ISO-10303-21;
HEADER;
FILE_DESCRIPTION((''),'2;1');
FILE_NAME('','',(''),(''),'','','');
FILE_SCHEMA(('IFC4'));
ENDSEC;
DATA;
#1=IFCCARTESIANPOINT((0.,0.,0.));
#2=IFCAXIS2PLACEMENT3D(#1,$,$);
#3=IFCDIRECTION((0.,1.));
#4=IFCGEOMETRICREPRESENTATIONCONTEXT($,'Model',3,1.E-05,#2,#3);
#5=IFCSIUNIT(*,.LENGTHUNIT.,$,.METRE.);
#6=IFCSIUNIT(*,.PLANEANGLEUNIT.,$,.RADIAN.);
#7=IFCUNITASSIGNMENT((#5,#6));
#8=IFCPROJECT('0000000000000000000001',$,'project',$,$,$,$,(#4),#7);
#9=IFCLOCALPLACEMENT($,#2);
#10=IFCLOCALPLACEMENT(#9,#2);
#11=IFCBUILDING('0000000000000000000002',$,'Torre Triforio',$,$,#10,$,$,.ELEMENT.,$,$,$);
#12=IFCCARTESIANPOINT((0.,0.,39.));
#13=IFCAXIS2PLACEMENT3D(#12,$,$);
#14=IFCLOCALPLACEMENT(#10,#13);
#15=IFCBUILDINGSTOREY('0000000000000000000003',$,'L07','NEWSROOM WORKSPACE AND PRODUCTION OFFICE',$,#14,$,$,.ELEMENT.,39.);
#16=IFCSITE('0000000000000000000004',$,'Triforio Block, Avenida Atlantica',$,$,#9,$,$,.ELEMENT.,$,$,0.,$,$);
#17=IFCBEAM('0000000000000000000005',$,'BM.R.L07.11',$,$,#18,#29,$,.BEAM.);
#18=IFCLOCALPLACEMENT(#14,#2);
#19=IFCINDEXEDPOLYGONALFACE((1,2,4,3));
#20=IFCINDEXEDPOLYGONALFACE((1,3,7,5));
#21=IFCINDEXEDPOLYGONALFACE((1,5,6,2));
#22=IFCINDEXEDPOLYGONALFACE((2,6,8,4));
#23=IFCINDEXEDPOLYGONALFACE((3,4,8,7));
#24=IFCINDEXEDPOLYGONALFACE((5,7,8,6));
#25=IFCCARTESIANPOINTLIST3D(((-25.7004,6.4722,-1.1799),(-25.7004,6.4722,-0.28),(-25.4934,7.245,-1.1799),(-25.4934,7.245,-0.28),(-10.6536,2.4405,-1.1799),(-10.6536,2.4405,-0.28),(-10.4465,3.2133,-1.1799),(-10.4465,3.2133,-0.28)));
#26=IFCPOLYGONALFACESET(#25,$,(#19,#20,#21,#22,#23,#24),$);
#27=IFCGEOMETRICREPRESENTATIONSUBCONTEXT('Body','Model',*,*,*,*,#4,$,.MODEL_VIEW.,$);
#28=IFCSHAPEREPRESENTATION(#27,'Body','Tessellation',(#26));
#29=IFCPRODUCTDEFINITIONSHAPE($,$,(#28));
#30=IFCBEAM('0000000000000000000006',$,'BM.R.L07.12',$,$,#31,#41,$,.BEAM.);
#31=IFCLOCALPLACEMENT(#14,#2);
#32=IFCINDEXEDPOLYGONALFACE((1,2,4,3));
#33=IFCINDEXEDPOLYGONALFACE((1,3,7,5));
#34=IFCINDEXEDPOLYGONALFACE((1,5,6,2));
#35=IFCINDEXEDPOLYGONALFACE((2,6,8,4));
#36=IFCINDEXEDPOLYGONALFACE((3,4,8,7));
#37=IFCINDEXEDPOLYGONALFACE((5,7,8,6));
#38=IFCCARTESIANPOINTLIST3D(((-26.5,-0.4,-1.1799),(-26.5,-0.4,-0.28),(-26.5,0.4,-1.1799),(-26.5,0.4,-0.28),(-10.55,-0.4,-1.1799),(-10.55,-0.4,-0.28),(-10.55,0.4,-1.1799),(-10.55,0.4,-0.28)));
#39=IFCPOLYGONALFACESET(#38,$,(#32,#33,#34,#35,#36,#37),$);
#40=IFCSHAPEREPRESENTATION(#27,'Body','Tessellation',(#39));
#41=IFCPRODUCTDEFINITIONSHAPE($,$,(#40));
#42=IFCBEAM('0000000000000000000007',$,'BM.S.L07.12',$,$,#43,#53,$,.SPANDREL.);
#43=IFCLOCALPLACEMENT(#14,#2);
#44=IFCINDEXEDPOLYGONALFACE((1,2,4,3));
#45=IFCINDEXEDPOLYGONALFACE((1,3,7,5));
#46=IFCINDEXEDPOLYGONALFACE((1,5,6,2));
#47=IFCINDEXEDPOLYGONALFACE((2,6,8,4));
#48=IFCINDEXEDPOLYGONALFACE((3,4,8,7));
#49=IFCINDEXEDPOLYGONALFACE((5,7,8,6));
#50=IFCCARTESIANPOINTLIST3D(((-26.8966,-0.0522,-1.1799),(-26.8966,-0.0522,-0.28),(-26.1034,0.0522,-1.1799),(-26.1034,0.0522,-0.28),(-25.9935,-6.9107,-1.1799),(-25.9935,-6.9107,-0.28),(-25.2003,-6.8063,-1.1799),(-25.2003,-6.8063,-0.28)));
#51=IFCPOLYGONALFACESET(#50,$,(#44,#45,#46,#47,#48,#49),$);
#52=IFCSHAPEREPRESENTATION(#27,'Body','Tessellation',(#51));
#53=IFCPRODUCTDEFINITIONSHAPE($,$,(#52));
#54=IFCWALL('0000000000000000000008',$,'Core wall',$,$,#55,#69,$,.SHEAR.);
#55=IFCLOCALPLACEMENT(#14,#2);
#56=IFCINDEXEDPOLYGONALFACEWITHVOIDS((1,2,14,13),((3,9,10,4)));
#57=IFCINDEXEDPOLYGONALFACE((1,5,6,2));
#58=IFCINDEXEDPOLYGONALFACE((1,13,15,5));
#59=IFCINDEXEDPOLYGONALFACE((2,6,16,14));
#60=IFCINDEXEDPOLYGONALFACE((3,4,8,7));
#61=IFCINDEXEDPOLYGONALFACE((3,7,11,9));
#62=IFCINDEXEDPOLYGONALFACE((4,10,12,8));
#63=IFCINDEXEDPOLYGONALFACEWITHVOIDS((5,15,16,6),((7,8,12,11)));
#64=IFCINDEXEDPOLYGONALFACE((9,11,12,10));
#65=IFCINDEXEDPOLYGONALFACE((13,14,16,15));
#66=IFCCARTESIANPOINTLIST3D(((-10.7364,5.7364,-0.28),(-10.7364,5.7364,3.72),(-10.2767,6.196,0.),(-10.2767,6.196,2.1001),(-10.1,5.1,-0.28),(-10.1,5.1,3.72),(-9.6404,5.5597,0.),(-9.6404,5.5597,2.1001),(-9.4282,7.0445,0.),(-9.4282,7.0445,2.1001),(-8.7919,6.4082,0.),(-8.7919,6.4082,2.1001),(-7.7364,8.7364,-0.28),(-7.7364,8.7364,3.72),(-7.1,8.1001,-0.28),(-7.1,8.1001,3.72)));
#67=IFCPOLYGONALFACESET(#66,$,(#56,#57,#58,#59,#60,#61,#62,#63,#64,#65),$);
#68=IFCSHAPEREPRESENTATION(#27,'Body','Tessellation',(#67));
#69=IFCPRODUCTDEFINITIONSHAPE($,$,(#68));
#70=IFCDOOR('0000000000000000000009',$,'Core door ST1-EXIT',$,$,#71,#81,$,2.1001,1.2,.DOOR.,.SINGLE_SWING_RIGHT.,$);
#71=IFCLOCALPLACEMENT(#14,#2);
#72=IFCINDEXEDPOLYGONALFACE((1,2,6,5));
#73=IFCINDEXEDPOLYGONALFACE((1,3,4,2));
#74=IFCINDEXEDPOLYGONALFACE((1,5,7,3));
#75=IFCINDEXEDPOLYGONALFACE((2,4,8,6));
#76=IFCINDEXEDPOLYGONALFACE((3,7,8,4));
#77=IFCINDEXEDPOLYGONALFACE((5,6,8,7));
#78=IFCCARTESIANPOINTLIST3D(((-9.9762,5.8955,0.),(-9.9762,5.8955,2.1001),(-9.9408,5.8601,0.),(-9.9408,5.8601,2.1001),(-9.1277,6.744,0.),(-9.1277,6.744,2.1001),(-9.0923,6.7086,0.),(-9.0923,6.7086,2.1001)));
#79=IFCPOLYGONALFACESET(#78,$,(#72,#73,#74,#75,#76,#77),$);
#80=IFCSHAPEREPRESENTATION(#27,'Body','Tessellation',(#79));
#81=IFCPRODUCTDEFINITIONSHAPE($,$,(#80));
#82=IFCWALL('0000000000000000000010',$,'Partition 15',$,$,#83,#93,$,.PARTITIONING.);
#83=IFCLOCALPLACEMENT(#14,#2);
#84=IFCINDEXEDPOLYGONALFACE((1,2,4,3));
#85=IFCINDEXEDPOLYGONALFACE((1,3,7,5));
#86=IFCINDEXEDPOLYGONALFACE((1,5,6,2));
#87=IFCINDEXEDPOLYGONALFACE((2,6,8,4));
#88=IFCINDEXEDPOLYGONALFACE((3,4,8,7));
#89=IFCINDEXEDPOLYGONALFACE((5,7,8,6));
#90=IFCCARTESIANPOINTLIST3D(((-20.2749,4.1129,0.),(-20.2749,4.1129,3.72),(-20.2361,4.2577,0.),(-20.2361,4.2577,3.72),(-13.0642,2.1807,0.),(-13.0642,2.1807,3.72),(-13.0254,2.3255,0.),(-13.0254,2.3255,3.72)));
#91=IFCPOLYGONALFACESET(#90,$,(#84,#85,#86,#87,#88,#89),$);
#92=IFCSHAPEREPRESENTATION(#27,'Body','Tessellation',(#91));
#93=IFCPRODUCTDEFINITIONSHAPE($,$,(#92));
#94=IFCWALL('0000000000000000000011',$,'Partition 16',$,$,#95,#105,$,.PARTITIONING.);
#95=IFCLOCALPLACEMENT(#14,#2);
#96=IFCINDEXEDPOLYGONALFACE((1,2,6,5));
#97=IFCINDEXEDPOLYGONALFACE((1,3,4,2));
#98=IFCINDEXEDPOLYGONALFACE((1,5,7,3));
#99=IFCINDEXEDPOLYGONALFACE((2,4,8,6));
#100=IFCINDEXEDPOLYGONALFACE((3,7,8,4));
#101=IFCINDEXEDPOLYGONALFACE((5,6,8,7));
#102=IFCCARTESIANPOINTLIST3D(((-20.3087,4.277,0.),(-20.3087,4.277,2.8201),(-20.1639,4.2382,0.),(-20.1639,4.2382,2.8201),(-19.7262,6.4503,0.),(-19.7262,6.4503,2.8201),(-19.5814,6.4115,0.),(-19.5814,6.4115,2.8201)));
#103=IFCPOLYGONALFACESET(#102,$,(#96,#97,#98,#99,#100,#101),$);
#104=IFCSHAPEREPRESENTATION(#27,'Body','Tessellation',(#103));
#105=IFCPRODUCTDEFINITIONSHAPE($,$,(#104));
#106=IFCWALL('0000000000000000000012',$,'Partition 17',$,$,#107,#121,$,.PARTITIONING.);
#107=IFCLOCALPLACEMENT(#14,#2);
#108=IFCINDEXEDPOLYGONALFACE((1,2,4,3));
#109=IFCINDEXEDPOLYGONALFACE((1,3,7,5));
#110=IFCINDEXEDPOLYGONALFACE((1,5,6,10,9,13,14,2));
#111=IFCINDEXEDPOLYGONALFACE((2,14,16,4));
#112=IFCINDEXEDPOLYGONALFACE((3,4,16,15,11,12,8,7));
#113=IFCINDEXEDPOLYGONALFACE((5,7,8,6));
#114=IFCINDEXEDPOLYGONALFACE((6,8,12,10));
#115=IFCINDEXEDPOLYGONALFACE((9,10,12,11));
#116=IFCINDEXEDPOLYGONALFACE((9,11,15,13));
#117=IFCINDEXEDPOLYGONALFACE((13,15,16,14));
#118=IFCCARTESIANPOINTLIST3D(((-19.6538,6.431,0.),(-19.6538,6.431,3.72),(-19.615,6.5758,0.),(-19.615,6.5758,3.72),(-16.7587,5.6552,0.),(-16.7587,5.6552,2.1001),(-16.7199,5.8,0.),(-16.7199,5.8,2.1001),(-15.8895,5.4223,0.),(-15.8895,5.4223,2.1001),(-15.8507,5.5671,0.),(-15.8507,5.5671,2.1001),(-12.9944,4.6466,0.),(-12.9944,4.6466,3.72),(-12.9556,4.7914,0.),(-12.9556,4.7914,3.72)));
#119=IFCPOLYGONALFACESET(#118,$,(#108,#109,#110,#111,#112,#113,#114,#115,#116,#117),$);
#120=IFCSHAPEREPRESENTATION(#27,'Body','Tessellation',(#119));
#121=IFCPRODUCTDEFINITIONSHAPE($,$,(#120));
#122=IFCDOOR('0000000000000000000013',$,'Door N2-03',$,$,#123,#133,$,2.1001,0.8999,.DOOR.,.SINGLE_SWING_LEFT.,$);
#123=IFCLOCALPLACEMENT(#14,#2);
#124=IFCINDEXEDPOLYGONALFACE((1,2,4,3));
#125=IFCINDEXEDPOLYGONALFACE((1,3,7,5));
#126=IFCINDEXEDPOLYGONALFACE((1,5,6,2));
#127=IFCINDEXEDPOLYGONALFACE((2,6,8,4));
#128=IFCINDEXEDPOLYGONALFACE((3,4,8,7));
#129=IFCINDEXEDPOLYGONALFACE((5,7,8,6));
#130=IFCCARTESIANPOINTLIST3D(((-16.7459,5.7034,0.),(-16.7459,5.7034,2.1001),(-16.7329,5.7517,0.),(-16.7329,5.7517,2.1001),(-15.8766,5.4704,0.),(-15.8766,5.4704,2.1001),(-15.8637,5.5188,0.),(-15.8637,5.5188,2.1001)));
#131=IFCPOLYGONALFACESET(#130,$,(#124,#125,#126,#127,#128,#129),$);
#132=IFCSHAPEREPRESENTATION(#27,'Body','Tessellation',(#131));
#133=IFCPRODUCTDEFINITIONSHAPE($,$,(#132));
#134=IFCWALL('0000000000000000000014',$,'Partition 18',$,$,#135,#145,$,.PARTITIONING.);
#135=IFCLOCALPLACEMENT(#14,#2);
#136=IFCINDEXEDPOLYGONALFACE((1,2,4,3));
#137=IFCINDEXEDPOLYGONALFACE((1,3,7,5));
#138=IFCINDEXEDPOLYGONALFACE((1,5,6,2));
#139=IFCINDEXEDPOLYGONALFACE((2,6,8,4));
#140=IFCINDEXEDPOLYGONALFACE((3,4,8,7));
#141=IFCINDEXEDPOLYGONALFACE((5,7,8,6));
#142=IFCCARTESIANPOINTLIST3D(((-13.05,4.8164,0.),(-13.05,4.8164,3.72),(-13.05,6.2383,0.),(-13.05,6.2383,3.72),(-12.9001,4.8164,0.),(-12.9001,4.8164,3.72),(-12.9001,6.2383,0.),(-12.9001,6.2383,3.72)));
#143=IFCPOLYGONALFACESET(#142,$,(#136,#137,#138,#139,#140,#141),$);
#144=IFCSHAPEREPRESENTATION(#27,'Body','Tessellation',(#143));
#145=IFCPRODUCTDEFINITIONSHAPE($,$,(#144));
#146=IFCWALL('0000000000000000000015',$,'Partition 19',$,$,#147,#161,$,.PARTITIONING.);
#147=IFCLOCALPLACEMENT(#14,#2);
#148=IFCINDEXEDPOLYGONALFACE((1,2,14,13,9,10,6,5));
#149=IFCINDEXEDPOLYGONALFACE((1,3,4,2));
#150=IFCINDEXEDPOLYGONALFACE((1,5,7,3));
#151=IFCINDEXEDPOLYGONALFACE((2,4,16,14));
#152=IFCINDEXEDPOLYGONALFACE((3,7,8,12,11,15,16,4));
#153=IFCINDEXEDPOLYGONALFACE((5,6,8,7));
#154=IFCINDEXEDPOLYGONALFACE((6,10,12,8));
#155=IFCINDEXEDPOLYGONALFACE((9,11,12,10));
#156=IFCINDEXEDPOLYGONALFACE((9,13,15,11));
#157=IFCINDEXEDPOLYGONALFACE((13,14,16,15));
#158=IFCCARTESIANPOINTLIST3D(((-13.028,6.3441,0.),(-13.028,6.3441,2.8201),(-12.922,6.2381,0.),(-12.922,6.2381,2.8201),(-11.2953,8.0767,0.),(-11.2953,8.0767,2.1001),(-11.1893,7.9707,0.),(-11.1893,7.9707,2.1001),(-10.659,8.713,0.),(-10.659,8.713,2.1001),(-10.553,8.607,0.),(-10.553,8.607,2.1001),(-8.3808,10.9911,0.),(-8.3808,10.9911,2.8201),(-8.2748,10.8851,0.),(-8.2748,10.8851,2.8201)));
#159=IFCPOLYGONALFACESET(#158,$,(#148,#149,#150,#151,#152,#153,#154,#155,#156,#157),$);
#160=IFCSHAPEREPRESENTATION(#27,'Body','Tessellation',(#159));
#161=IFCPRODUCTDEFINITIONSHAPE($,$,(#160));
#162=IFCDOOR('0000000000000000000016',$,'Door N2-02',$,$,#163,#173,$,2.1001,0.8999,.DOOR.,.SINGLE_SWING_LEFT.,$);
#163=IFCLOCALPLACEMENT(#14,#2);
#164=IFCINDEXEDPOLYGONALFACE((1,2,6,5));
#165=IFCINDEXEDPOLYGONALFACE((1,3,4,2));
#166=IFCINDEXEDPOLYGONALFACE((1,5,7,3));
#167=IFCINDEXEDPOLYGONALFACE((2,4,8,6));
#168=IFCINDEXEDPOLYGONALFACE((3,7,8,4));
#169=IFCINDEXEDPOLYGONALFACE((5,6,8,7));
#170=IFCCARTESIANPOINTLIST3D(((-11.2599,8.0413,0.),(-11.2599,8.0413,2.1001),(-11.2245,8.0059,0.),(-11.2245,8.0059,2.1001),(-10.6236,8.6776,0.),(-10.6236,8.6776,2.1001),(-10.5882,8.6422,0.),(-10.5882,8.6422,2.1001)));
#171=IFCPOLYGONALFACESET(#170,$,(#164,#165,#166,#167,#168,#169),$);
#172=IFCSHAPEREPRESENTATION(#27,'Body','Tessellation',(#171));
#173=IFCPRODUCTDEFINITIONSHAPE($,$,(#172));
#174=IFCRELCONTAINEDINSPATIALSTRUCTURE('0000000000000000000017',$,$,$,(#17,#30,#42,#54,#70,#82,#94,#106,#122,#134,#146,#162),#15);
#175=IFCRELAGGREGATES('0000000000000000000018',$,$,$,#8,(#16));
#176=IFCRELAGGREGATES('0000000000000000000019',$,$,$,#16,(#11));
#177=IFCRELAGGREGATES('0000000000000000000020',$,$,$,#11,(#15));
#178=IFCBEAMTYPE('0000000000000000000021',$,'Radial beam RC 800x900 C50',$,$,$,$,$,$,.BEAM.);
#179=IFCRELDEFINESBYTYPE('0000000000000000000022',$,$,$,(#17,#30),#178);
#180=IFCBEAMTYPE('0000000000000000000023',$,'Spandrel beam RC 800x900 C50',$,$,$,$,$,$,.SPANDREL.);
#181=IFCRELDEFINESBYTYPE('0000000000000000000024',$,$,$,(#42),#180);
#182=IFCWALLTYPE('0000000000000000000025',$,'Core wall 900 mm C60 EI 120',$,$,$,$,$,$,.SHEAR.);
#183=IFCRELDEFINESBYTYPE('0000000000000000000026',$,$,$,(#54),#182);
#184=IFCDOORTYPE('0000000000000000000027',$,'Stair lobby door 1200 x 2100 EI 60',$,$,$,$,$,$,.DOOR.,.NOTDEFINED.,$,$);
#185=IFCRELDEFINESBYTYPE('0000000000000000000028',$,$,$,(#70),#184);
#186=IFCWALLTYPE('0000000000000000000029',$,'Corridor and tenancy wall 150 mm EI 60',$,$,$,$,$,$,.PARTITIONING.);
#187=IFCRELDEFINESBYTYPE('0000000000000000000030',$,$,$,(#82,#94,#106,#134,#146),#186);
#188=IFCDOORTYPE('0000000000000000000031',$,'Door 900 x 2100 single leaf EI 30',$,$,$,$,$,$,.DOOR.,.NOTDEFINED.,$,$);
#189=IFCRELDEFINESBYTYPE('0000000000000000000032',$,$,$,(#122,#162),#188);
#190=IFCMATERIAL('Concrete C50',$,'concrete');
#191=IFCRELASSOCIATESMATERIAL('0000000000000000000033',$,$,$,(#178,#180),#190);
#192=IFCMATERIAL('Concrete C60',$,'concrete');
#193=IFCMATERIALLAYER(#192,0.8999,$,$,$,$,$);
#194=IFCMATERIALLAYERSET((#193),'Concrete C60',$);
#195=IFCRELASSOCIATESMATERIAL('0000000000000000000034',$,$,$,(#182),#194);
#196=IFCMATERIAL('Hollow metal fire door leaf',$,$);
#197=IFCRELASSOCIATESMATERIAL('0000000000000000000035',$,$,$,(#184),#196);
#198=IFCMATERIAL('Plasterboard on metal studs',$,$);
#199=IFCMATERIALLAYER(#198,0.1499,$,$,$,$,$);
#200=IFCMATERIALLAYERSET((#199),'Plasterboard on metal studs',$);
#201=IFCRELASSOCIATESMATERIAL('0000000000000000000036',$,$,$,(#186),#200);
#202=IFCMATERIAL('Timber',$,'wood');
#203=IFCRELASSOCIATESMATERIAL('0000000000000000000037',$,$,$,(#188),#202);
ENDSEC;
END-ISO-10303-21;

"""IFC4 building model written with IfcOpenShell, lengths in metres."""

from ifc_helpers import new_model, si_unit, direction, frame, frame_2d, origin, origin_2d, place, context, subcontext, project, spatial, rectangle, extrude, material, layer, layer_set, material_profile, profile_set, type_object, element, fill, save


model = new_model("IFC4")

# Units and contexts
model_context = context("Model", 3, precision=1e-05, world=origin(), true_north=direction((0.0, 1.0)))
body_context = subcontext(model_context, "Body", "Model", "MODEL_VIEW")
ifc_project = project(units=[si_unit("LENGTHUNIT", "METRE"), si_unit("PLANEANGLEUNIT", "RADIAN")], contexts=[model_context])

# Site, building, storey
site_placement = place(None, origin())
site = spatial("IfcSite", under=ifc_project, at=site_placement, Name="Triforio Block, Avenida Atlantica", CompositionType="ELEMENT", RefElevation=0.0)
building_placement = place(site_placement, origin())
building = spatial("IfcBuilding", under=site, at=building_placement, Name="Torre Triforio", CompositionType="ELEMENT")
storey_placement = place(building_placement, frame((0.0, 0.0, 39.0)))
storey = spatial("IfcBuildingStorey", under=building, at=storey_placement, Name="L07", Description="NEWSROOM WORKSPACE AND PRODUCTION OFFICE", CompositionType="ELEMENT", Elevation=39.0)

# Beams
ifc_material_1 = material(Name="Concrete C50", Category="concrete")
ifc_material_profile_1 = material_profile(ifc_material_1, rectangle(XDim=0.8, YDim=0.8999, at=origin_2d()), Name="RC 800x900")
ifc_profile_set_1 = profile_set([ifc_material_profile_1], Name="Concrete C50")
beam_type_1 = type_object("IfcBeamType", Name="Radial beam RC 800x900 C50", PredefinedType="BEAM", material=ifc_profile_set_1)
beam_1_placement = place(storey_placement, frame((-10.55, 2.8269, -0.73), z_axis=(-0.965927, 0.258815, 0.0), x_axis=(-0.258815, -0.965927, 0.0)))
element("IfcBeam", 1, at=beam_1_placement, inside=storey, type_object=beam_type_1, Name="BM.R.L07.11", PredefinedType="BEAM", context=body_context, shape_type="SweptSolid", body=[
    extrude(rectangle(XDim=0.8, YDim=0.8999, at=origin_2d()), origin(), (0.0, 0.0, 1.0), 15.5776),
])
beam_2_placement = place(storey_placement, frame((-10.55, 0.0, -0.73), z_axis=(-1.0, 0.0, 0.0), x_axis=(0.0, -1.0, 0.0)))
element("IfcBeam", 2, at=beam_2_placement, inside=storey, type_object=beam_type_1, Name="BM.R.L07.12", PredefinedType="BEAM", context=body_context, shape_type="SweptSolid", body=[
    extrude(rectangle(XDim=0.8, YDim=0.8999, at=origin_2d()), origin(), (0.0, 0.0, 1.0), 15.95),
])
ifc_material_profile_2 = material_profile(ifc_material_1, rectangle(XDim=0.8, YDim=0.8999, at=origin_2d()), Name="RC 800x900")
ifc_profile_set_2 = profile_set([ifc_material_profile_2], Name="Concrete C50")
beam_type_2 = type_object("IfcBeamType", Name="Spandrel beam RC 800x900 C50", PredefinedType="SPANDREL", material=ifc_profile_set_2)
beam_3_placement = place(storey_placement, frame((-26.5, 0.0, -0.73), z_axis=(0.130543, -0.991443, 0.0), x_axis=(0.991443, 0.130543, 0.0)))
element("IfcBeam", 3, at=beam_3_placement, inside=storey, type_object=beam_type_2, Name="BM.S.L07.12", PredefinedType="SPANDREL", context=body_context, shape_type="SweptSolid", body=[
    extrude(rectangle(XDim=0.8, YDim=0.8999, at=origin_2d()), origin(), (0.0, 0.0, 1.0), 6.9177),
])

# Wall, opening, door
ifc_material_2 = material(Name="Concrete C60", Category="concrete")
ifc_layer_1 = layer(ifc_material_2, 0.8999)
ifc_layer_set_1 = layer_set([ifc_layer_1], Name="Concrete C60")
wall_type_1 = type_object("IfcWallType", Name="Core wall 900 mm C60 EI 120", PredefinedType="SHEAR", material=ifc_layer_set_1)
wall_1_placement = place(storey_placement, frame((-10.4182, 5.4182, -0.28), z_axis=(0.0, 0.0, 1.0), x_axis=(0.707107, 0.707107, 0.0)))
wall_1 = element("IfcWall", 4, at=wall_1_placement, inside=storey, type_object=wall_type_1, Name="Core wall", PredefinedType="SHEAR", context=body_context, shape_type="SweptSolid", body=[
    extrude(rectangle(XDim=4.2427, YDim=0.8999, at=frame_2d((2.1213, 0.0))), origin(), (0.0, 0.0, 1.0), 4.0),
])
opening_1_placement = place(wall_1_placement, frame((0.6499, 0.0, 0.28)))
opening_1 = element("IfcOpeningElement", 5, at=opening_1_placement, cuts=wall_1, PredefinedType="OPENING", context=body_context, shape_type="SweptSolid", body=[
    extrude(rectangle(XDim=1.2, YDim=2.1001, at=frame_2d((0.6001, 1.05))), frame((0.0, 0.46, 0.0), z_axis=(0.0, -1.0, 0.0), x_axis=(1.0, 0.0, 0.0)), (0.0, 0.0, 1.0), 0.9199),
])
ifc_material_3 = material(Name="Hollow metal fire door leaf")
door_type_1 = type_object("IfcDoorType", Name="Stair lobby door 1200 x 2100 EI 60", OperationType="NOTDEFINED", PredefinedType="DOOR", material=ifc_material_3)
door_1_placement = place(opening_1_placement, origin())
door_1 = element("IfcDoor", 6, at=door_1_placement, inside=storey, type_object=door_type_1, Name="Core door ST1-EXIT", OperationType="SINGLE_SWING_RIGHT", OverallHeight=2.1001, OverallWidth=1.2, PredefinedType="DOOR", context=body_context, shape_type="SweptSolid", body=[
    extrude(rectangle(XDim=1.2, YDim=2.1001, at=frame_2d((0.6001, 1.05))), frame((0.0, 0.0249, 0.0), z_axis=(0.0, -1.0, 0.0), x_axis=(1.0, 0.0, 0.0)), (0.0, 0.0, 1.0), 0.05),
])
fill(opening_1, door_1)

# Walls
ifc_material_4 = material(Name="Plasterboard on metal studs")
ifc_layer_2 = layer(ifc_material_4, 0.1499)
ifc_layer_set_2 = layer_set([ifc_layer_2], Name="Plasterboard on metal studs")
wall_type_2 = type_object("IfcWallType", Name="Corridor and tenancy wall 150 mm EI 60", PredefinedType="PARTITIONING", material=ifc_layer_set_2)
wall_2_placement = place(storey_placement, frame((-13.0449, 2.2532, 0.0), z_axis=(0.0, 0.0, 1.0), x_axis=(-0.965925, 0.258823, 0.0)))
element("IfcWall", 7, at=wall_2_placement, inside=storey, type_object=wall_type_2, Name="Partition 15", PredefinedType="PARTITIONING", context=body_context, shape_type="SweptSolid", body=[
    extrude(rectangle(XDim=7.4651, YDim=0.1499, at=frame_2d((3.7324, 0.0))), origin(), (0.0, 0.0, 1.0), 3.72),
])
wall_3_placement = place(storey_placement, frame((-20.2363, 4.2576, 0.0), z_axis=(0.0, 0.0, 1.0), x_axis=(0.258892, 0.965906, 0.0)))
element("IfcWall", 8, at=wall_3_placement, inside=storey, type_object=wall_type_2, Name="Partition 16", PredefinedType="PARTITIONING", context=body_context, shape_type="SweptSolid", body=[
    extrude(rectangle(XDim=2.25, YDim=0.1499, at=frame_2d((1.125, 0.0))), origin(), (0.0, 0.0, 1.0), 2.8201),
])

# Wall, opening, door
wall_4_placement = place(storey_placement, frame((-19.6345, 6.5034, 0.0), z_axis=(0.0, 0.0, 1.0), x_axis=(0.965924, -0.258824, 0.0)))
wall_4 = element("IfcWall", 9, at=wall_4_placement, inside=storey, type_object=wall_type_2, Name="Partition 17", PredefinedType="PARTITIONING", context=body_context, shape_type="SweptSolid", body=[
    extrude(rectangle(XDim=6.8943, YDim=0.1499, at=frame_2d((3.4473, 0.0))), origin(), (0.0, 0.0, 1.0), 3.72),
])
opening_2_placement = place(wall_4_placement, frame((2.9973, 0.0, 0.0)))
opening_2 = element("IfcOpeningElement", 10, at=opening_2_placement, cuts=wall_4, PredefinedType="OPENING", context=body_context, shape_type="SweptSolid", body=[
    extrude(rectangle(XDim=0.8999, YDim=2.1001, at=frame_2d((0.45, 1.05))), frame((0.0, 0.085, 0.0), z_axis=(0.0, -1.0, 0.0), x_axis=(1.0, 0.0, 0.0)), (0.0, 0.0, 1.0), 0.1699),
])
ifc_material_5 = material(Name="Timber", Category="wood")
door_type_2 = type_object("IfcDoorType", Name="Door 900 x 2100 single leaf EI 30", OperationType="NOTDEFINED", PredefinedType="DOOR", material=ifc_material_5)
door_2_placement = place(opening_2_placement, origin())
door_2 = element("IfcDoor", 11, at=door_2_placement, inside=storey, type_object=door_type_2, Name="Door N2-03", OperationType="SINGLE_SWING_LEFT", OverallHeight=2.1001, OverallWidth=0.8999, PredefinedType="DOOR", context=body_context, shape_type="SweptSolid", body=[
    extrude(rectangle(XDim=0.8999, YDim=2.1001, at=frame_2d((0.45, 1.05))), frame((0.0, 0.0249, 0.0), z_axis=(0.0, -1.0, 0.0), x_axis=(1.0, 0.0, 0.0)), (0.0, 0.0, 1.0), 0.05),
])
fill(opening_2, door_2)

# Wall
wall_5_placement = place(storey_placement, frame((-12.9751, 4.8164, 0.0), z_axis=(0.0, 0.0, 1.0), x_axis=(0.0, 1.0, 0.0)))
element("IfcWall", 12, at=wall_5_placement, inside=storey, type_object=wall_type_2, Name="Partition 18", PredefinedType="PARTITIONING", context=body_context, shape_type="SweptSolid", body=[
    extrude(rectangle(XDim=1.4219, YDim=0.1499, at=frame_2d((0.7109, 0.0))), origin(), (0.0, 0.0, 1.0), 3.72),
])

# Wall, opening, door
wall_6_placement = place(storey_placement, frame((-12.9751, 6.291, 0.0), z_axis=(0.0, 0.0, 1.0), x_axis=(0.707125, 0.707088, 0.0)))
wall_6 = element("IfcWall", 13, at=wall_6_placement, inside=storey, type_object=wall_type_2, Name="Partition 19", PredefinedType="PARTITIONING", context=body_context, shape_type="SweptSolid", body=[
    extrude(rectangle(XDim=6.572, YDim=0.1499, at=frame_2d((3.2861, 0.0))), origin(), (0.0, 0.0, 1.0), 2.8201),
])
opening_3_placement = place(wall_6_placement, frame((2.4504, 0.0, 0.0)))
opening_3 = element("IfcOpeningElement", 14, at=opening_3_placement, cuts=wall_6, PredefinedType="OPENING", context=body_context, shape_type="SweptSolid", body=[
    extrude(rectangle(XDim=0.8999, YDim=2.1001, at=frame_2d((0.45, 1.05))), frame((0.0, 0.085, 0.0), z_axis=(0.0, -1.0, 0.0), x_axis=(1.0, 0.0, 0.0)), (0.0, 0.0, 1.0), 0.1699),
])
door_3_placement = place(opening_3_placement, origin())
door_3 = element("IfcDoor", 15, at=door_3_placement, inside=storey, type_object=door_type_2, Name="Door N2-02", OperationType="SINGLE_SWING_LEFT", OverallHeight=2.1001, OverallWidth=0.8999, PredefinedType="DOOR", context=body_context, shape_type="SweptSolid", body=[
    extrude(rectangle(XDim=0.8999, YDim=2.1001, at=frame_2d((0.45, 1.05))), frame((0.0, 0.0249, 0.0), z_axis=(0.0, -1.0, 0.0), x_axis=(1.0, 0.0, 0.0)), (0.0, 0.0, 1.0), 0.05),
])
fill(opening_3, door_3)

save(model, "model.ifc")
